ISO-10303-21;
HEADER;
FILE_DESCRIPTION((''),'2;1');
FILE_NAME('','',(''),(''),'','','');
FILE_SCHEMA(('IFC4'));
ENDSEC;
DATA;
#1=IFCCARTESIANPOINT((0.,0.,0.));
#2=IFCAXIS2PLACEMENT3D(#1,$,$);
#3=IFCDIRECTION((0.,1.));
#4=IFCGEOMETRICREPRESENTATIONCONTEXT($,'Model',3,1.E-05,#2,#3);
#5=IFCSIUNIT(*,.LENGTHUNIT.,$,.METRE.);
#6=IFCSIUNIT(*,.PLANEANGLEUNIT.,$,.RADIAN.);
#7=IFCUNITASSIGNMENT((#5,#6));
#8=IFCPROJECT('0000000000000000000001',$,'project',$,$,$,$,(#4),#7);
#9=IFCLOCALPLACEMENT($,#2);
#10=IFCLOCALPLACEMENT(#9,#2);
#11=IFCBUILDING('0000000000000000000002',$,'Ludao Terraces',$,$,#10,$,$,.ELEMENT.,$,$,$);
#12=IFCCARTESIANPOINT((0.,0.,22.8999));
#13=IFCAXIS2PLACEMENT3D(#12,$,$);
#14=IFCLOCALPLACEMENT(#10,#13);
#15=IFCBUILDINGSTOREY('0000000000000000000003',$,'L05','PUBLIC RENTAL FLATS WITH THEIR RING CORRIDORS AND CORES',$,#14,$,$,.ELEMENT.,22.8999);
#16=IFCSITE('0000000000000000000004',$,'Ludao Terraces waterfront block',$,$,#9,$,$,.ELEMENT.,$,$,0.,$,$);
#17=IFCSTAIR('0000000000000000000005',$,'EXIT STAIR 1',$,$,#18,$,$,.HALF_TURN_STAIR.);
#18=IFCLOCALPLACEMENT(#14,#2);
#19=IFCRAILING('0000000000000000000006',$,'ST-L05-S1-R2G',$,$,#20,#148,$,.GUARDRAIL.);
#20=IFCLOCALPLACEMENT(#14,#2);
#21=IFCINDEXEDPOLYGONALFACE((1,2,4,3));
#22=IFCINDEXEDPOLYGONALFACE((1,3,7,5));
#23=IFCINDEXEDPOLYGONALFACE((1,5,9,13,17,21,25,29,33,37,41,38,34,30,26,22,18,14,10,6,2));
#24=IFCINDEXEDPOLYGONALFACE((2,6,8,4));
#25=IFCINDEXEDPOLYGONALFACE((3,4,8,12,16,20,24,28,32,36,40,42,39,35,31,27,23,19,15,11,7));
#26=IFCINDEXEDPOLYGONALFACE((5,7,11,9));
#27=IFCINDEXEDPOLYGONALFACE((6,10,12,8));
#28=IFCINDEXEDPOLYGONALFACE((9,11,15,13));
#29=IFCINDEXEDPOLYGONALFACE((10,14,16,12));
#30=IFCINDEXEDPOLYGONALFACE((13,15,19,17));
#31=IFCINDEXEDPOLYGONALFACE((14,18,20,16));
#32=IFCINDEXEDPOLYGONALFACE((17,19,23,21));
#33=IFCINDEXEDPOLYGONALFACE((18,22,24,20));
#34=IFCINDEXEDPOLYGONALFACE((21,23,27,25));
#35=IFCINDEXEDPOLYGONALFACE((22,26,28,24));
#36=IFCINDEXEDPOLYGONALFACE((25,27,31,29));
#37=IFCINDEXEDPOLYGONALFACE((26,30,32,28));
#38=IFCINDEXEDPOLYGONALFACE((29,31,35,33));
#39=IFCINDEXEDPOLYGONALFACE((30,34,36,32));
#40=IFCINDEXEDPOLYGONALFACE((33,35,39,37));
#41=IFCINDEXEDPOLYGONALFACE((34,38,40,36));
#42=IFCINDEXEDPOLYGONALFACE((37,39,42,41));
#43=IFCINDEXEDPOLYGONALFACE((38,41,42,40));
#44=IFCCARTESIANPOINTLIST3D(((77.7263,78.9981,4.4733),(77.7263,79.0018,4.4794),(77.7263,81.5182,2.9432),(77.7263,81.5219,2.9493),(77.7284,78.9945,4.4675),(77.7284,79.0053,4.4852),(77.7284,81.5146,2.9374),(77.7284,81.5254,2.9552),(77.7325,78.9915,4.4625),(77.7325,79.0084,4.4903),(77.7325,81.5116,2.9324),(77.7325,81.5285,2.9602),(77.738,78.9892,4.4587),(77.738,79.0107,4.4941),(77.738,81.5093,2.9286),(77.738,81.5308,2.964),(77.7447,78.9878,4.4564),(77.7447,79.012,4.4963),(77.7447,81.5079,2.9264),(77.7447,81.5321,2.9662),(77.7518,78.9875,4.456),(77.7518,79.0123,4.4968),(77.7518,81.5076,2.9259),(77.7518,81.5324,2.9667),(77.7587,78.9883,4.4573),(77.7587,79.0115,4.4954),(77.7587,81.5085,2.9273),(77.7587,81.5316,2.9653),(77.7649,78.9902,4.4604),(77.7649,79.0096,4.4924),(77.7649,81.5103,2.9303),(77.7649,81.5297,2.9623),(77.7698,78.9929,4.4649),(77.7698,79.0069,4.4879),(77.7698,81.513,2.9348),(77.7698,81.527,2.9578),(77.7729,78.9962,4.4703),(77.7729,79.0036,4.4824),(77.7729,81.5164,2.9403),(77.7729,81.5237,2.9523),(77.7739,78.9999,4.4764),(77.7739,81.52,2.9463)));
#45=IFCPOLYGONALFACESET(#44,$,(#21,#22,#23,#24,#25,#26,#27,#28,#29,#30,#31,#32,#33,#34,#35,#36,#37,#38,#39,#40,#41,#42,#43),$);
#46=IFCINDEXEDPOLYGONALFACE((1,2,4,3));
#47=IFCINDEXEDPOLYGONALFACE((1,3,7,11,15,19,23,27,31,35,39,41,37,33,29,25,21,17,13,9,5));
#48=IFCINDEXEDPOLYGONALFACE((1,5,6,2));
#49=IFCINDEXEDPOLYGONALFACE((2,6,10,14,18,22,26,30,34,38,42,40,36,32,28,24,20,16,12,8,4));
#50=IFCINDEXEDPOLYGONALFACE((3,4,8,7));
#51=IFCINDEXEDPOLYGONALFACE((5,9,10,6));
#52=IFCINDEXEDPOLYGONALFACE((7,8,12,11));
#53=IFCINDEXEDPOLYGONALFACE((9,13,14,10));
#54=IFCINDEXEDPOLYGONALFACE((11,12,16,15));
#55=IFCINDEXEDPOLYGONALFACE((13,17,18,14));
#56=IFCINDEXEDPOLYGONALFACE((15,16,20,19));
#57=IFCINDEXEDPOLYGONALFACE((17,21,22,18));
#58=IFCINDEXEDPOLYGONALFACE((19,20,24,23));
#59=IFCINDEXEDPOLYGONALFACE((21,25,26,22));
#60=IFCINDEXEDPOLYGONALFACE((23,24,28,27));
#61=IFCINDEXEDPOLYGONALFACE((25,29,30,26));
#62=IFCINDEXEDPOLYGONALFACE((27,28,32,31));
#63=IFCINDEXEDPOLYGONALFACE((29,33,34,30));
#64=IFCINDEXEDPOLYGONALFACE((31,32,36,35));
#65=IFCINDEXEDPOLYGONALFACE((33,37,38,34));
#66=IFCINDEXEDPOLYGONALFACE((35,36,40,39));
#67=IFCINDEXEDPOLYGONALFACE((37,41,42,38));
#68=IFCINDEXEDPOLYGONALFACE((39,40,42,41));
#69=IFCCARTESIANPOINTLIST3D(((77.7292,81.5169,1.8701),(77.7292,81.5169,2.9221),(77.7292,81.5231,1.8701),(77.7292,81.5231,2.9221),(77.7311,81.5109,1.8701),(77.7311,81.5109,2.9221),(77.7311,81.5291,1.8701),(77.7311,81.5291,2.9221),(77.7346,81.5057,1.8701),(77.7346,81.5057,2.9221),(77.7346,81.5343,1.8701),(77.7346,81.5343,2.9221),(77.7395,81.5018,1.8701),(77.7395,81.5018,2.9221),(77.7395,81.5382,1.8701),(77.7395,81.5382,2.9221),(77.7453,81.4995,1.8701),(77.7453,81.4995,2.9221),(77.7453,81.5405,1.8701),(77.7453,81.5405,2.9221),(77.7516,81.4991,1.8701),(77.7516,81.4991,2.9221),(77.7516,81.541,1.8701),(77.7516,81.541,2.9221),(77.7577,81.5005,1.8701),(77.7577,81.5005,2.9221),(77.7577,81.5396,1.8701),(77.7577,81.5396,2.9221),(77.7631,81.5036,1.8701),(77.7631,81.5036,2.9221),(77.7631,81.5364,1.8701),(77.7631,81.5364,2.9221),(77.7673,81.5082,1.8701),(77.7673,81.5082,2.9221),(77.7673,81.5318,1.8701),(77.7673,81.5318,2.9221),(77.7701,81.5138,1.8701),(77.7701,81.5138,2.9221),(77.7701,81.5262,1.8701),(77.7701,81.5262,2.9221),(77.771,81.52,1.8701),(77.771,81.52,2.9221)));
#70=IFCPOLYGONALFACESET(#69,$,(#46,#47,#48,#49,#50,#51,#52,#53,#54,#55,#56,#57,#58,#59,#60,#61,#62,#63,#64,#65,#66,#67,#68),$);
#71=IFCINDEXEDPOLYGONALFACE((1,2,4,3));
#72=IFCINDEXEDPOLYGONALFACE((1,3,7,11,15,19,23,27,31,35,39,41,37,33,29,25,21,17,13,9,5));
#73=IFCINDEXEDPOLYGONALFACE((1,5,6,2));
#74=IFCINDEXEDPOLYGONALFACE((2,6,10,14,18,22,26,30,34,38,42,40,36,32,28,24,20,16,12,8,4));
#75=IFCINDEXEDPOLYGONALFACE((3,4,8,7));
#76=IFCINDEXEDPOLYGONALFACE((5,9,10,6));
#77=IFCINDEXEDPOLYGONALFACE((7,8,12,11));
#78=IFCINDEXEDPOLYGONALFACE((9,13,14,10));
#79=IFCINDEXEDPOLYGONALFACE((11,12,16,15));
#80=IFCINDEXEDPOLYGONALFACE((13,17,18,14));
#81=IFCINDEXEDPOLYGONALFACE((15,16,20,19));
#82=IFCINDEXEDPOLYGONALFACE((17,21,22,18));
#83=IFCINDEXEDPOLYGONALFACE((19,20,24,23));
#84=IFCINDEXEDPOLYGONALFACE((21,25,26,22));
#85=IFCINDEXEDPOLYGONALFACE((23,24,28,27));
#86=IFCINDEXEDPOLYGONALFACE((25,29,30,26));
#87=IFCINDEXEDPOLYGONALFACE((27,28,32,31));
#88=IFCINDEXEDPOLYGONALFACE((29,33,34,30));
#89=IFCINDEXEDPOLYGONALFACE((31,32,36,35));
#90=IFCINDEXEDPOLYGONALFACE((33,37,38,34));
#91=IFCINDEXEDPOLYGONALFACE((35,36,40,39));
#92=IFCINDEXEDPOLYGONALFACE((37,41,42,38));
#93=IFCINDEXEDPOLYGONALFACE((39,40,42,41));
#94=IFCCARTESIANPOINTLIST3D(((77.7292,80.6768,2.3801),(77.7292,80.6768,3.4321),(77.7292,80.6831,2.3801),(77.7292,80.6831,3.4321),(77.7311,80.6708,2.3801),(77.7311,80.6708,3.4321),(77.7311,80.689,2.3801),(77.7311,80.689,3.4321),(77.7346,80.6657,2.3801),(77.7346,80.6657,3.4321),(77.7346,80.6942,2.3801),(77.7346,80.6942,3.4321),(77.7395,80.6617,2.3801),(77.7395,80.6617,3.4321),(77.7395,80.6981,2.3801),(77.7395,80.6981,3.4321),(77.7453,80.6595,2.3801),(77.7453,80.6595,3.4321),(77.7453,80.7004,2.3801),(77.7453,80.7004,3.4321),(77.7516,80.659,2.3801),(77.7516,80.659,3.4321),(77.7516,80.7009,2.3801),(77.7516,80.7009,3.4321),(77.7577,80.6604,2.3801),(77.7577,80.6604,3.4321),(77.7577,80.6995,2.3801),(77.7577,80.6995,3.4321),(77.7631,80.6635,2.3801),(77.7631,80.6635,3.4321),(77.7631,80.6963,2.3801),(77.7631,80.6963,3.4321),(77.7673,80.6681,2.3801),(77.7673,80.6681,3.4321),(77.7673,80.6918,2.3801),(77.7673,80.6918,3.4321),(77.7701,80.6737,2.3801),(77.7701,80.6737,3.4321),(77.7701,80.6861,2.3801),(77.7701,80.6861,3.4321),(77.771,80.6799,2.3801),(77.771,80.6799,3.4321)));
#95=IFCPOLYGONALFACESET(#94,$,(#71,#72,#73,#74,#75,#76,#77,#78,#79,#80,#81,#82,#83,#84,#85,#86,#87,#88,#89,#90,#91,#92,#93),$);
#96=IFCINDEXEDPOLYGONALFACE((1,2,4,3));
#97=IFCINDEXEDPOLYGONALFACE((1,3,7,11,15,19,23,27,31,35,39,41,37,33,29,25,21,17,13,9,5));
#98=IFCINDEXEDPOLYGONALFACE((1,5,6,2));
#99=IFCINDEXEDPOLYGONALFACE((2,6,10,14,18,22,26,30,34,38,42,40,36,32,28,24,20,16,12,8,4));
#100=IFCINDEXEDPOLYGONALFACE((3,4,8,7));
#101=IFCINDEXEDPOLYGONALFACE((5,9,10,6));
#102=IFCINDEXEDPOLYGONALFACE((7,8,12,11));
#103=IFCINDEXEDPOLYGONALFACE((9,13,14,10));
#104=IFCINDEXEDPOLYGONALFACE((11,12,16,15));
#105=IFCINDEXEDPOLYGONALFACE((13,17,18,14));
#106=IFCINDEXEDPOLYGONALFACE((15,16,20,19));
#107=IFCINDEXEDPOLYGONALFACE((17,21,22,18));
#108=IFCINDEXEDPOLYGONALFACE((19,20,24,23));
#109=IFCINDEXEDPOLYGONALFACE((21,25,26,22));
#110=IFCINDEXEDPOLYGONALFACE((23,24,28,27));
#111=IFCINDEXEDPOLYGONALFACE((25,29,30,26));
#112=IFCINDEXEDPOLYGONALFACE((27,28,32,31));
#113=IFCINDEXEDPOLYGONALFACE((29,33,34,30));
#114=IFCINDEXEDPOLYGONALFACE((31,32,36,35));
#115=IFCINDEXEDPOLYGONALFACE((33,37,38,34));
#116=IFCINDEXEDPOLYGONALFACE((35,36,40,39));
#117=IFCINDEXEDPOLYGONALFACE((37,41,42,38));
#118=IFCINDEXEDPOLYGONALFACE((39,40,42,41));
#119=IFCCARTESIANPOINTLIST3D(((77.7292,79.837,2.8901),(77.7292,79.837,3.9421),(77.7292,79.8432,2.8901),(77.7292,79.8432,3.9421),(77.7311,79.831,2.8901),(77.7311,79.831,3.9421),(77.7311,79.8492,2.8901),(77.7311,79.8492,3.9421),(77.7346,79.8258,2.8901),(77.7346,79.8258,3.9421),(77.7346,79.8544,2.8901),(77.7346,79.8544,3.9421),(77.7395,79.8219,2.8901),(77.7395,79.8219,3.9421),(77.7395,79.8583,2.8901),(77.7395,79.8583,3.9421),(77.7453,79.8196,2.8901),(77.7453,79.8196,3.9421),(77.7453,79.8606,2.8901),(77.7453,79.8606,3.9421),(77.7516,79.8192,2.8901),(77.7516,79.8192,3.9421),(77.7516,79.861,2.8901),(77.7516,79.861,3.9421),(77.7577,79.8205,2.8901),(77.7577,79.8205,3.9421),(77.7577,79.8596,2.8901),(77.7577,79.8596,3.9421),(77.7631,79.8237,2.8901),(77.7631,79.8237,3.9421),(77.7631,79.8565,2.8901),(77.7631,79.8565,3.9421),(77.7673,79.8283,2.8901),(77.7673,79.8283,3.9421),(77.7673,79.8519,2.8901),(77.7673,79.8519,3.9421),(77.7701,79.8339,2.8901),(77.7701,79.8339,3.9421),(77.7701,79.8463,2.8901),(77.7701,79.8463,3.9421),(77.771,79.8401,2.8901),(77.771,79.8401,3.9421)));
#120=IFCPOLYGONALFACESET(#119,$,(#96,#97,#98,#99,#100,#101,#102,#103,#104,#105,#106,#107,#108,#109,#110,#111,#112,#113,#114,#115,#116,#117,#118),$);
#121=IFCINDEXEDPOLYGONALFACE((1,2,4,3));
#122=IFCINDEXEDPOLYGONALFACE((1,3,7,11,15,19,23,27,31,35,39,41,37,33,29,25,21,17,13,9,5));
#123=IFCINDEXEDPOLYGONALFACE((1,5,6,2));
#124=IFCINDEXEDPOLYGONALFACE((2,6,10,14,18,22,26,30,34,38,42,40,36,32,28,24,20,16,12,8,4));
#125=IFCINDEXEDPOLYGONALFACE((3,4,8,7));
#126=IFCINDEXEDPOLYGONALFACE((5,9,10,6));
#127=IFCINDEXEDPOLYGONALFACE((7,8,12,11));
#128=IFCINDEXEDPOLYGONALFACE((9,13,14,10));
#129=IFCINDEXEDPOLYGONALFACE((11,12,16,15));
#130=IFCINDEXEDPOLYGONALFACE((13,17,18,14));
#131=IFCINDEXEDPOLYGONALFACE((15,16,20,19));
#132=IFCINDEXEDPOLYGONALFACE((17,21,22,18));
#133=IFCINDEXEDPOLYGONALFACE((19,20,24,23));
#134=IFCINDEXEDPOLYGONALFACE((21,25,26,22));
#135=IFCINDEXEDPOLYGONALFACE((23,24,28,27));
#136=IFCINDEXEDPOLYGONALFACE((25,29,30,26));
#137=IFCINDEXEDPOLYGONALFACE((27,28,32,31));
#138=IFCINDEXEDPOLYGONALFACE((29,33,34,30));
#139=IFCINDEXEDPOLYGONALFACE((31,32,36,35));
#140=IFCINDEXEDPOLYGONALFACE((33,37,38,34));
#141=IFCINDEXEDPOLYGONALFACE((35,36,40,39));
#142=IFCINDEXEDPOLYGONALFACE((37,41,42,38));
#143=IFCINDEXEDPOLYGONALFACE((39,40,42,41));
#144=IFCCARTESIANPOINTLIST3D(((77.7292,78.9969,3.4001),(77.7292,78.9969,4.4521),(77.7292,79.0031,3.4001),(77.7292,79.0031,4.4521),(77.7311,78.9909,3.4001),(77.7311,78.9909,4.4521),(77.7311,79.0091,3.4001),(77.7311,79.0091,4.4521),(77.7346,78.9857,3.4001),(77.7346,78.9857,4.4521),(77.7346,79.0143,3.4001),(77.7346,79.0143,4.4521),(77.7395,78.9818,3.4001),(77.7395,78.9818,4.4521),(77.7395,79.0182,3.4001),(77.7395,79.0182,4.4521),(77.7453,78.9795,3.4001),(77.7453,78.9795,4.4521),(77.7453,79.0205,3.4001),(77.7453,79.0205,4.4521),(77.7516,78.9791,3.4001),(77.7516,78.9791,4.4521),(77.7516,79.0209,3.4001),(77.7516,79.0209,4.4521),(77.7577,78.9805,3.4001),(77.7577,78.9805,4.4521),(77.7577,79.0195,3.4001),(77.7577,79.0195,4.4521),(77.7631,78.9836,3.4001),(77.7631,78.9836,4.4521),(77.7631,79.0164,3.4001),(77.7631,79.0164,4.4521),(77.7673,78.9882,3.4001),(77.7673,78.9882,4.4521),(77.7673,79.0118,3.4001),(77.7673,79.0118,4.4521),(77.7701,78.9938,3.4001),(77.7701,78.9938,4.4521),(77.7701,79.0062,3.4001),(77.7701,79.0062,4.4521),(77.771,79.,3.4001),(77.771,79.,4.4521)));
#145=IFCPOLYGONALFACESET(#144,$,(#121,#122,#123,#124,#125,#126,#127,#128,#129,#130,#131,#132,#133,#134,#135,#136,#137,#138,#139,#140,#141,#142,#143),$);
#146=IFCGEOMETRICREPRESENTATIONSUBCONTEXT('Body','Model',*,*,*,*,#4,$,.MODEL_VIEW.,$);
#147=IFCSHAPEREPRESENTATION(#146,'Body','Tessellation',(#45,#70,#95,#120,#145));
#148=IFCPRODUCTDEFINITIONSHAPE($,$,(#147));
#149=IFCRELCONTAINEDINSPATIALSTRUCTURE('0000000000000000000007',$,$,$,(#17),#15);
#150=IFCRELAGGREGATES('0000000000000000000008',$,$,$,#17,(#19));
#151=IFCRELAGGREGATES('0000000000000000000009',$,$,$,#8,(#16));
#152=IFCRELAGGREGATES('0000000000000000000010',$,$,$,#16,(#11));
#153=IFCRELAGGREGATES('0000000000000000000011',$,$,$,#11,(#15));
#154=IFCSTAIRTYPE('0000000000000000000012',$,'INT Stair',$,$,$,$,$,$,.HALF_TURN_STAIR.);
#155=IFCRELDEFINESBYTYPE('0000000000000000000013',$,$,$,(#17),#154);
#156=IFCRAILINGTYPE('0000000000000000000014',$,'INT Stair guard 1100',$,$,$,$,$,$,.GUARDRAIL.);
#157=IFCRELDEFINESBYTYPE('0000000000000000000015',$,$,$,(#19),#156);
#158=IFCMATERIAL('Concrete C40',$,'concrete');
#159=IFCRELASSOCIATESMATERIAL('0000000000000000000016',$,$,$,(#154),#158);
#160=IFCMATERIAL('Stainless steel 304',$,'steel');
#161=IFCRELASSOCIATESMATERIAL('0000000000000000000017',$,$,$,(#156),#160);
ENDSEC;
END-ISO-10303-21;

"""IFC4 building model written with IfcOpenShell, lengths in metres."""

from ifc_helpers import new_model, si_unit, direction, frame, origin, origin_2d, place, context, subcontext, project, spatial, circle, extrude, material, type_object, element, aggregate, save


model = new_model("IFC4")

# Units and contexts
model_context = context("Model", 3, precision=1e-05, world=origin(), true_north=direction((0.0, 1.0)))
body_context = subcontext(model_context, "Body", "Model", "MODEL_VIEW")
ifc_project = project(units=[si_unit("LENGTHUNIT", "METRE"), si_unit("PLANEANGLEUNIT", "RADIAN")], contexts=[model_context])

# Site, building, storey
site_placement = place(None, origin())
site = spatial("IfcSite", under=ifc_project, at=site_placement, Name="Ludao Terraces waterfront block", CompositionType="ELEMENT", RefElevation=0.0)
building_placement = place(site_placement, origin())
building = spatial("IfcBuilding", under=site, at=building_placement, Name="Ludao Terraces", CompositionType="ELEMENT")
storey_placement = place(building_placement, frame((0.0, 0.0, 22.8999)))
storey = spatial("IfcBuildingStorey", under=building, at=storey_placement, Name="L05", Description="PUBLIC RENTAL FLATS WITH THEIR RING CORRIDORS AND CORES", CompositionType="ELEMENT", Elevation=22.8999)

# Stair, railing
ifc_material_1 = material(Name="Concrete C40", Category="concrete")
stair_type = type_object("IfcStairType", Name="INT Stair", PredefinedType="HALF_TURN_STAIR", material=ifc_material_1)
stair_placement = place(storey_placement, origin())
stair = element("IfcStair", 1, at=stair_placement, inside=storey, type_object=stair_type, Name="EXIT STAIR 1", PredefinedType="HALF_TURN_STAIR")
ifc_material_2 = material(Name="Stainless steel 304", Category="steel")
railing_type_1 = type_object("IfcRailingType", Name="INT Stair guard 1100", PredefinedType="GUARDRAIL", material=ifc_material_2)
railing_1_placement = place(storey_placement, frame((77.75, 81.52, 1.8701)))
railing_1 = element("IfcRailing", 2, at=railing_1_placement, type_object=railing_type_1, Name="ST-L05-S1-R2G", PredefinedType="GUARDRAIL", context=body_context, shape_type="SweptSolid", body=[
    extrude(circle(Radius=0.0239, at=origin_2d()), frame((0.0, 0.0, 1.0762), z_axis=(0.0, -0.854785, 0.518982), x_axis=(1.0, 0.0, 0.0)), (0.0, 0.0, 1.0), 2.9482),
    extrude(circle(Radius=0.021, at=origin_2d()), origin(), (0.0, 0.0, 1.0), 1.052),
    extrude(circle(Radius=0.021, at=origin_2d()), frame((0.0, -0.8401, 0.51)), (0.0, 0.0, 1.0), 1.052),
    extrude(circle(Radius=0.021, at=origin_2d()), frame((0.0, -1.6799, 1.02)), (0.0, 0.0, 1.0), 1.052),
    extrude(circle(Radius=0.021, at=origin_2d()), frame((0.0, -2.52, 1.53)), (0.0, 0.0, 1.0), 1.052),
])
aggregate(stair, [railing_1])

save(model, "model.ifc")
